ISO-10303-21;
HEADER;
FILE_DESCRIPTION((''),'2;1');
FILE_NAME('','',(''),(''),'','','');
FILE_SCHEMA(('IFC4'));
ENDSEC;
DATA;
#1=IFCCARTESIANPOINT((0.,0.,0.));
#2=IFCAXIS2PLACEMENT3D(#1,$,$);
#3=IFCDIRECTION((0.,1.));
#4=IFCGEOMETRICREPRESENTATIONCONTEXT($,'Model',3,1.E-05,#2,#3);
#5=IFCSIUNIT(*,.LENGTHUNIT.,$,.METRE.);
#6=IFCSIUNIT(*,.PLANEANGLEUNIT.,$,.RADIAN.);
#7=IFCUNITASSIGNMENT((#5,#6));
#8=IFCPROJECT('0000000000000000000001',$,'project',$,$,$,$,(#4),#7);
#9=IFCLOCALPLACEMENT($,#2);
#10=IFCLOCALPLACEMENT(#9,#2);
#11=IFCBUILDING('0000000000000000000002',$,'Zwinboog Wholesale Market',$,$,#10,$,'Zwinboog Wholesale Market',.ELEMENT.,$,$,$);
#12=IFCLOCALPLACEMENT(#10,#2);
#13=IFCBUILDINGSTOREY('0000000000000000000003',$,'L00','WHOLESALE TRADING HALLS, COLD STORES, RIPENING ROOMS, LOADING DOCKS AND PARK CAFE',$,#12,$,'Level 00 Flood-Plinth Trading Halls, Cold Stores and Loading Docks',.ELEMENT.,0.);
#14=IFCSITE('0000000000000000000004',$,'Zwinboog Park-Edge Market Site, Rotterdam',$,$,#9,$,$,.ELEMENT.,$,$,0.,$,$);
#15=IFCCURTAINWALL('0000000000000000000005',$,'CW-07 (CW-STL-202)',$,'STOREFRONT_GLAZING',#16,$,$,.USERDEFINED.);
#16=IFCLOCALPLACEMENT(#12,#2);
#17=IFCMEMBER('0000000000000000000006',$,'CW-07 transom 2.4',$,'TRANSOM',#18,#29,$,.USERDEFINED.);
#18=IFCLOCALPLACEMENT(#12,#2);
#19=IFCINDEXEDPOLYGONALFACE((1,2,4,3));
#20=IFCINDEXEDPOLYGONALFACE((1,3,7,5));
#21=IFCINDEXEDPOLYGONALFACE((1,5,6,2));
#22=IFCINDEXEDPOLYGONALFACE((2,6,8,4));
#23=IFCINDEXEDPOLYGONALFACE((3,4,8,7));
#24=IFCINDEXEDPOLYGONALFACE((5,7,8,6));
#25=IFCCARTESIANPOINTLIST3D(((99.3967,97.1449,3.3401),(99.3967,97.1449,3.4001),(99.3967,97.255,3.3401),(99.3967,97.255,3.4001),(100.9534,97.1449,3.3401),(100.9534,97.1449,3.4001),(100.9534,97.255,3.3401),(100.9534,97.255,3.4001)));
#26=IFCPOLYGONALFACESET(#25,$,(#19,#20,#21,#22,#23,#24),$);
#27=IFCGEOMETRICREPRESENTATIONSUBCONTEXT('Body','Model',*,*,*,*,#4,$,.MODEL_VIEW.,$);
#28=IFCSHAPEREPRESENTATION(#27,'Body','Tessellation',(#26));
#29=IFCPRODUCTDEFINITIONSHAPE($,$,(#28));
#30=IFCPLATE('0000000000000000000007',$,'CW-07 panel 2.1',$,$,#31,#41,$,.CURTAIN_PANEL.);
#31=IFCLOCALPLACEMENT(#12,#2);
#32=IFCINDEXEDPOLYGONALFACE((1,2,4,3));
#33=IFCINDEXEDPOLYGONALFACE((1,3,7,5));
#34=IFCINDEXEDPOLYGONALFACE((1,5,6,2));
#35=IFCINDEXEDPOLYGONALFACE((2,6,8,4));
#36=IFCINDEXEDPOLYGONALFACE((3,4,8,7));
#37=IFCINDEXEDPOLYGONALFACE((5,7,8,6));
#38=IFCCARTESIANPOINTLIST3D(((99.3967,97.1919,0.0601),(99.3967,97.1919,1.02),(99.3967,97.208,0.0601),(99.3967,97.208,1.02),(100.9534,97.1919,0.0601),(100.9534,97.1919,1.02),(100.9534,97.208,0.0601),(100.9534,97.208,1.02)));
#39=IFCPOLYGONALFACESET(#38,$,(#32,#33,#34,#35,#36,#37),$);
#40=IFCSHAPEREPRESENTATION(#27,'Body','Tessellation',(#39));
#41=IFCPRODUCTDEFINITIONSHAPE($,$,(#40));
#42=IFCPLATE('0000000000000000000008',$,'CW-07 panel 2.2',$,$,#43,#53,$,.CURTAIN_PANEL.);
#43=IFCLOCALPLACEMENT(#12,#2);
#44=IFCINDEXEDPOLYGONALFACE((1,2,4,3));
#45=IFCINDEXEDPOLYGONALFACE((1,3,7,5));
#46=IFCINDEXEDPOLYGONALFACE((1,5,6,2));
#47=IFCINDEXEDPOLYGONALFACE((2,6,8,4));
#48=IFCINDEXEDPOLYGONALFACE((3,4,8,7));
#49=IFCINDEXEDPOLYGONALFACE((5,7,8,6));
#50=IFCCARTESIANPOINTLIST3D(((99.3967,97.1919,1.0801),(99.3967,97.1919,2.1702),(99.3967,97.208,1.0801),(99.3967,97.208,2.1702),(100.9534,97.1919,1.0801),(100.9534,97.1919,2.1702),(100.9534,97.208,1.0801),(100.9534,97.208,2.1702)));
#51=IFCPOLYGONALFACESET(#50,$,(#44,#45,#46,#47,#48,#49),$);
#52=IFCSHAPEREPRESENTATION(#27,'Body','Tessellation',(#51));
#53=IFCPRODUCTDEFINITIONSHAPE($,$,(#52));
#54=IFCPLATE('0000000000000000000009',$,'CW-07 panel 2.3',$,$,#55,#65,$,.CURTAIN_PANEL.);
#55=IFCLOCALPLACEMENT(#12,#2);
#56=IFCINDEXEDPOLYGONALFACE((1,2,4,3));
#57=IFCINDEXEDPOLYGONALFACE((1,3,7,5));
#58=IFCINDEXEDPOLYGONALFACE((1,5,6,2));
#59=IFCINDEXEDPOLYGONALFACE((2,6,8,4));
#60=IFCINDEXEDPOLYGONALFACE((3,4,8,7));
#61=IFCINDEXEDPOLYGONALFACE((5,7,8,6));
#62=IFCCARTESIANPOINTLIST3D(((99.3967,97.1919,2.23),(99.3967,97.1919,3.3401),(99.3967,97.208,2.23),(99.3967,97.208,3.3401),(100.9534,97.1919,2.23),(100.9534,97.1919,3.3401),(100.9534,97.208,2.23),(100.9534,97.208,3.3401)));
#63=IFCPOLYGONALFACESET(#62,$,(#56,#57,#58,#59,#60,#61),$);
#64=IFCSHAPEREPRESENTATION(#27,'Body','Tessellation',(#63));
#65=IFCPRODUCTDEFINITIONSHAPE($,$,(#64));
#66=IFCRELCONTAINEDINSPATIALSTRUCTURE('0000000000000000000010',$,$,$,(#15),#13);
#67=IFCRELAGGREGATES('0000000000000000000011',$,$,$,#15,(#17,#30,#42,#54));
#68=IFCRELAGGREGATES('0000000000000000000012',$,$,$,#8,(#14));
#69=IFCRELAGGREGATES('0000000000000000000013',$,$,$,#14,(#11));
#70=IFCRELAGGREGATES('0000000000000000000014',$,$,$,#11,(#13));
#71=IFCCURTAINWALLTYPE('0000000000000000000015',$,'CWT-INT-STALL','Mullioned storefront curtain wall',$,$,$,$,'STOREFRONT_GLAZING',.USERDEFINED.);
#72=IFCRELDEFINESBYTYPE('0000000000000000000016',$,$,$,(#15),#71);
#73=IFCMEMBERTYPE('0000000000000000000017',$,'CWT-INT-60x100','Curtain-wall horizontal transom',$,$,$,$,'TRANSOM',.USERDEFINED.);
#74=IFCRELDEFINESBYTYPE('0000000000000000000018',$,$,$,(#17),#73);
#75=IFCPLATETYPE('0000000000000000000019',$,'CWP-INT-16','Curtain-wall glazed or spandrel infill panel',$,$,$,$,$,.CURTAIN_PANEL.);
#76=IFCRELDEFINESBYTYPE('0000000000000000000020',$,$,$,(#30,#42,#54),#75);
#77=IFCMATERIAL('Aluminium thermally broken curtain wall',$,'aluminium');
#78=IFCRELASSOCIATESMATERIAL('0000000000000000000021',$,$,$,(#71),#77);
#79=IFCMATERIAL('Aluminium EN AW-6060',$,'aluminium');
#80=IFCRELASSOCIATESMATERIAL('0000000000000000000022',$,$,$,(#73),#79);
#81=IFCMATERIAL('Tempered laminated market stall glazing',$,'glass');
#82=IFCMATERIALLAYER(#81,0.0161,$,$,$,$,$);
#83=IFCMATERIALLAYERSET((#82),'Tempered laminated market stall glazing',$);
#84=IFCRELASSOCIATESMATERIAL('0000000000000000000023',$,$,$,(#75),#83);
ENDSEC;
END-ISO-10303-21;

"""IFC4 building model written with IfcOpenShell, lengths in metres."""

from ifc_helpers import new_model, si_unit, direction, frame, origin, origin_2d, place, context, subcontext, project, spatial, rectangle, extrude, material, layer, layer_set, material_profile, profile_set, type_object, element, aggregate, save


model = new_model("IFC4")

# Units and contexts
model_context = context("Model", 3, precision=1e-05, world=origin(), true_north=direction((0.0, 1.0)))
body_context = subcontext(model_context, "Body", "Model", "MODEL_VIEW")
ifc_project = project(units=[si_unit("LENGTHUNIT", "METRE"), si_unit("PLANEANGLEUNIT", "RADIAN")], contexts=[model_context])

# Site, building, storey
site_placement = place(None, origin())
site = spatial("IfcSite", under=ifc_project, at=site_placement, Name="Zwinboog Park-Edge Market Site, Rotterdam", CompositionType="ELEMENT", RefElevation=0.0)
building_placement = place(site_placement, origin())
building = spatial("IfcBuilding", under=site, at=building_placement, Name="Zwinboog Wholesale Market", LongName="Zwinboog Wholesale Market", CompositionType="ELEMENT")
storey_placement = place(building_placement, origin())
storey = spatial("IfcBuildingStorey", under=building, at=storey_placement, Name="L00", Description="WHOLESALE TRADING HALLS, COLD STORES, RIPENING ROOMS, LOADING DOCKS AND PARK CAFE", LongName="Level 00 Flood-Plinth Trading Halls, Cold Stores and Loading Docks", CompositionType="ELEMENT", Elevation=0.0)

# Curtain wall, member, plates
ifc_material_1 = material(Name="Aluminium thermally broken curtain wall", Category="aluminium")
curtain_wall_type = type_object("IfcCurtainWallType", Name="CWT-INT-STALL", Description="Mullioned storefront curtain wall", ElementType="STOREFRONT_GLAZING", PredefinedType="USERDEFINED", material=ifc_material_1)
curtain_wall_placement = place(storey_placement, origin())
curtain_wall = element("IfcCurtainWall", 1, at=curtain_wall_placement, inside=storey, type_object=curtain_wall_type, Name="CW-07 (CW-STL-202)", ObjectType="STOREFRONT_GLAZING", PredefinedType="USERDEFINED")
ifc_material_2 = material(Name="Aluminium EN AW-6060", Category="aluminium")
ifc_material_profile_1 = material_profile(ifc_material_2, rectangle(XDim=0.1101, YDim=0.0601, at=origin_2d()), Name="AL 60x110")
ifc_profile_set_1 = profile_set([ifc_material_profile_1], Name="Aluminium EN AW-6060")
member_type = type_object("IfcMemberType", Name="CWT-INT-60x100", Description="Curtain-wall horizontal transom", ElementType="TRANSOM", PredefinedType="USERDEFINED", material=ifc_profile_set_1)
member_placement = place(storey_placement, frame((99.3967, 97.2, 3.3701), z_axis=(1.0, 0.0, 0.0), x_axis=(0.0, 1.0, 0.0)))
member = element("IfcMember", 2, at=member_placement, type_object=member_type, Name="CW-07 transom 2.4", ObjectType="TRANSOM", PredefinedType="USERDEFINED", context=body_context, shape_type="SweptSolid", body=[
    extrude(rectangle(XDim=0.1101, YDim=0.0601, at=origin_2d()), origin(), (0.0, 0.0, 1.0), 1.5566),
])
ifc_material_3 = material(Name="Tempered laminated market stall glazing", Category="glass")
ifc_layer = layer(ifc_material_3, 0.0161)
ifc_layer_set = layer_set([ifc_layer], Name="Tempered laminated market stall glazing")
plate_type = type_object("IfcPlateType", Name="CWP-INT-16", Description="Curtain-wall glazed or spandrel infill panel", PredefinedType="CURTAIN_PANEL", material=ifc_layer_set)
plate_1_placement = place(storey_placement, frame((100.175, 97.2, 0.0601), z_axis=(0.0, 0.0, 1.0), x_axis=(1.0, 0.0, 0.0)))
plate_1 = element("IfcPlate", 3, at=plate_1_placement, type_object=plate_type, Name="CW-07 panel 2.1", PredefinedType="CURTAIN_PANEL", context=body_context, shape_type="SweptSolid", body=[
    extrude(rectangle(XDim=1.5566, YDim=0.0161, at=origin_2d()), origin(), (0.0, 0.0, 1.0), 0.96),
])
plate_2_placement = place(storey_placement, frame((100.175, 97.2, 1.0801), z_axis=(0.0, 0.0, 1.0), x_axis=(1.0, 0.0, 0.0)))
plate_2 = element("IfcPlate", 4, at=plate_2_placement, type_object=plate_type, Name="CW-07 panel 2.2", PredefinedType="CURTAIN_PANEL", context=body_context, shape_type="SweptSolid", body=[
    extrude(rectangle(XDim=1.5566, YDim=0.0161, at=origin_2d()), origin(), (0.0, 0.0, 1.0), 1.0901),
])
plate_3_placement = place(storey_placement, frame((100.175, 97.2, 2.23), z_axis=(0.0, 0.0, 1.0), x_axis=(1.0, 0.0, 0.0)))
plate_3 = element("IfcPlate", 5, at=plate_3_placement, type_object=plate_type, Name="CW-07 panel 2.3", PredefinedType="CURTAIN_PANEL", context=body_context, shape_type="SweptSolid", body=[
    extrude(rectangle(XDim=1.5566, YDim=0.0161, at=origin_2d()), origin(), (0.0, 0.0, 1.0), 1.1101),
])
aggregate(curtain_wall, [member, plate_1, plate_2, plate_3])

save(model, "model.ifc")
